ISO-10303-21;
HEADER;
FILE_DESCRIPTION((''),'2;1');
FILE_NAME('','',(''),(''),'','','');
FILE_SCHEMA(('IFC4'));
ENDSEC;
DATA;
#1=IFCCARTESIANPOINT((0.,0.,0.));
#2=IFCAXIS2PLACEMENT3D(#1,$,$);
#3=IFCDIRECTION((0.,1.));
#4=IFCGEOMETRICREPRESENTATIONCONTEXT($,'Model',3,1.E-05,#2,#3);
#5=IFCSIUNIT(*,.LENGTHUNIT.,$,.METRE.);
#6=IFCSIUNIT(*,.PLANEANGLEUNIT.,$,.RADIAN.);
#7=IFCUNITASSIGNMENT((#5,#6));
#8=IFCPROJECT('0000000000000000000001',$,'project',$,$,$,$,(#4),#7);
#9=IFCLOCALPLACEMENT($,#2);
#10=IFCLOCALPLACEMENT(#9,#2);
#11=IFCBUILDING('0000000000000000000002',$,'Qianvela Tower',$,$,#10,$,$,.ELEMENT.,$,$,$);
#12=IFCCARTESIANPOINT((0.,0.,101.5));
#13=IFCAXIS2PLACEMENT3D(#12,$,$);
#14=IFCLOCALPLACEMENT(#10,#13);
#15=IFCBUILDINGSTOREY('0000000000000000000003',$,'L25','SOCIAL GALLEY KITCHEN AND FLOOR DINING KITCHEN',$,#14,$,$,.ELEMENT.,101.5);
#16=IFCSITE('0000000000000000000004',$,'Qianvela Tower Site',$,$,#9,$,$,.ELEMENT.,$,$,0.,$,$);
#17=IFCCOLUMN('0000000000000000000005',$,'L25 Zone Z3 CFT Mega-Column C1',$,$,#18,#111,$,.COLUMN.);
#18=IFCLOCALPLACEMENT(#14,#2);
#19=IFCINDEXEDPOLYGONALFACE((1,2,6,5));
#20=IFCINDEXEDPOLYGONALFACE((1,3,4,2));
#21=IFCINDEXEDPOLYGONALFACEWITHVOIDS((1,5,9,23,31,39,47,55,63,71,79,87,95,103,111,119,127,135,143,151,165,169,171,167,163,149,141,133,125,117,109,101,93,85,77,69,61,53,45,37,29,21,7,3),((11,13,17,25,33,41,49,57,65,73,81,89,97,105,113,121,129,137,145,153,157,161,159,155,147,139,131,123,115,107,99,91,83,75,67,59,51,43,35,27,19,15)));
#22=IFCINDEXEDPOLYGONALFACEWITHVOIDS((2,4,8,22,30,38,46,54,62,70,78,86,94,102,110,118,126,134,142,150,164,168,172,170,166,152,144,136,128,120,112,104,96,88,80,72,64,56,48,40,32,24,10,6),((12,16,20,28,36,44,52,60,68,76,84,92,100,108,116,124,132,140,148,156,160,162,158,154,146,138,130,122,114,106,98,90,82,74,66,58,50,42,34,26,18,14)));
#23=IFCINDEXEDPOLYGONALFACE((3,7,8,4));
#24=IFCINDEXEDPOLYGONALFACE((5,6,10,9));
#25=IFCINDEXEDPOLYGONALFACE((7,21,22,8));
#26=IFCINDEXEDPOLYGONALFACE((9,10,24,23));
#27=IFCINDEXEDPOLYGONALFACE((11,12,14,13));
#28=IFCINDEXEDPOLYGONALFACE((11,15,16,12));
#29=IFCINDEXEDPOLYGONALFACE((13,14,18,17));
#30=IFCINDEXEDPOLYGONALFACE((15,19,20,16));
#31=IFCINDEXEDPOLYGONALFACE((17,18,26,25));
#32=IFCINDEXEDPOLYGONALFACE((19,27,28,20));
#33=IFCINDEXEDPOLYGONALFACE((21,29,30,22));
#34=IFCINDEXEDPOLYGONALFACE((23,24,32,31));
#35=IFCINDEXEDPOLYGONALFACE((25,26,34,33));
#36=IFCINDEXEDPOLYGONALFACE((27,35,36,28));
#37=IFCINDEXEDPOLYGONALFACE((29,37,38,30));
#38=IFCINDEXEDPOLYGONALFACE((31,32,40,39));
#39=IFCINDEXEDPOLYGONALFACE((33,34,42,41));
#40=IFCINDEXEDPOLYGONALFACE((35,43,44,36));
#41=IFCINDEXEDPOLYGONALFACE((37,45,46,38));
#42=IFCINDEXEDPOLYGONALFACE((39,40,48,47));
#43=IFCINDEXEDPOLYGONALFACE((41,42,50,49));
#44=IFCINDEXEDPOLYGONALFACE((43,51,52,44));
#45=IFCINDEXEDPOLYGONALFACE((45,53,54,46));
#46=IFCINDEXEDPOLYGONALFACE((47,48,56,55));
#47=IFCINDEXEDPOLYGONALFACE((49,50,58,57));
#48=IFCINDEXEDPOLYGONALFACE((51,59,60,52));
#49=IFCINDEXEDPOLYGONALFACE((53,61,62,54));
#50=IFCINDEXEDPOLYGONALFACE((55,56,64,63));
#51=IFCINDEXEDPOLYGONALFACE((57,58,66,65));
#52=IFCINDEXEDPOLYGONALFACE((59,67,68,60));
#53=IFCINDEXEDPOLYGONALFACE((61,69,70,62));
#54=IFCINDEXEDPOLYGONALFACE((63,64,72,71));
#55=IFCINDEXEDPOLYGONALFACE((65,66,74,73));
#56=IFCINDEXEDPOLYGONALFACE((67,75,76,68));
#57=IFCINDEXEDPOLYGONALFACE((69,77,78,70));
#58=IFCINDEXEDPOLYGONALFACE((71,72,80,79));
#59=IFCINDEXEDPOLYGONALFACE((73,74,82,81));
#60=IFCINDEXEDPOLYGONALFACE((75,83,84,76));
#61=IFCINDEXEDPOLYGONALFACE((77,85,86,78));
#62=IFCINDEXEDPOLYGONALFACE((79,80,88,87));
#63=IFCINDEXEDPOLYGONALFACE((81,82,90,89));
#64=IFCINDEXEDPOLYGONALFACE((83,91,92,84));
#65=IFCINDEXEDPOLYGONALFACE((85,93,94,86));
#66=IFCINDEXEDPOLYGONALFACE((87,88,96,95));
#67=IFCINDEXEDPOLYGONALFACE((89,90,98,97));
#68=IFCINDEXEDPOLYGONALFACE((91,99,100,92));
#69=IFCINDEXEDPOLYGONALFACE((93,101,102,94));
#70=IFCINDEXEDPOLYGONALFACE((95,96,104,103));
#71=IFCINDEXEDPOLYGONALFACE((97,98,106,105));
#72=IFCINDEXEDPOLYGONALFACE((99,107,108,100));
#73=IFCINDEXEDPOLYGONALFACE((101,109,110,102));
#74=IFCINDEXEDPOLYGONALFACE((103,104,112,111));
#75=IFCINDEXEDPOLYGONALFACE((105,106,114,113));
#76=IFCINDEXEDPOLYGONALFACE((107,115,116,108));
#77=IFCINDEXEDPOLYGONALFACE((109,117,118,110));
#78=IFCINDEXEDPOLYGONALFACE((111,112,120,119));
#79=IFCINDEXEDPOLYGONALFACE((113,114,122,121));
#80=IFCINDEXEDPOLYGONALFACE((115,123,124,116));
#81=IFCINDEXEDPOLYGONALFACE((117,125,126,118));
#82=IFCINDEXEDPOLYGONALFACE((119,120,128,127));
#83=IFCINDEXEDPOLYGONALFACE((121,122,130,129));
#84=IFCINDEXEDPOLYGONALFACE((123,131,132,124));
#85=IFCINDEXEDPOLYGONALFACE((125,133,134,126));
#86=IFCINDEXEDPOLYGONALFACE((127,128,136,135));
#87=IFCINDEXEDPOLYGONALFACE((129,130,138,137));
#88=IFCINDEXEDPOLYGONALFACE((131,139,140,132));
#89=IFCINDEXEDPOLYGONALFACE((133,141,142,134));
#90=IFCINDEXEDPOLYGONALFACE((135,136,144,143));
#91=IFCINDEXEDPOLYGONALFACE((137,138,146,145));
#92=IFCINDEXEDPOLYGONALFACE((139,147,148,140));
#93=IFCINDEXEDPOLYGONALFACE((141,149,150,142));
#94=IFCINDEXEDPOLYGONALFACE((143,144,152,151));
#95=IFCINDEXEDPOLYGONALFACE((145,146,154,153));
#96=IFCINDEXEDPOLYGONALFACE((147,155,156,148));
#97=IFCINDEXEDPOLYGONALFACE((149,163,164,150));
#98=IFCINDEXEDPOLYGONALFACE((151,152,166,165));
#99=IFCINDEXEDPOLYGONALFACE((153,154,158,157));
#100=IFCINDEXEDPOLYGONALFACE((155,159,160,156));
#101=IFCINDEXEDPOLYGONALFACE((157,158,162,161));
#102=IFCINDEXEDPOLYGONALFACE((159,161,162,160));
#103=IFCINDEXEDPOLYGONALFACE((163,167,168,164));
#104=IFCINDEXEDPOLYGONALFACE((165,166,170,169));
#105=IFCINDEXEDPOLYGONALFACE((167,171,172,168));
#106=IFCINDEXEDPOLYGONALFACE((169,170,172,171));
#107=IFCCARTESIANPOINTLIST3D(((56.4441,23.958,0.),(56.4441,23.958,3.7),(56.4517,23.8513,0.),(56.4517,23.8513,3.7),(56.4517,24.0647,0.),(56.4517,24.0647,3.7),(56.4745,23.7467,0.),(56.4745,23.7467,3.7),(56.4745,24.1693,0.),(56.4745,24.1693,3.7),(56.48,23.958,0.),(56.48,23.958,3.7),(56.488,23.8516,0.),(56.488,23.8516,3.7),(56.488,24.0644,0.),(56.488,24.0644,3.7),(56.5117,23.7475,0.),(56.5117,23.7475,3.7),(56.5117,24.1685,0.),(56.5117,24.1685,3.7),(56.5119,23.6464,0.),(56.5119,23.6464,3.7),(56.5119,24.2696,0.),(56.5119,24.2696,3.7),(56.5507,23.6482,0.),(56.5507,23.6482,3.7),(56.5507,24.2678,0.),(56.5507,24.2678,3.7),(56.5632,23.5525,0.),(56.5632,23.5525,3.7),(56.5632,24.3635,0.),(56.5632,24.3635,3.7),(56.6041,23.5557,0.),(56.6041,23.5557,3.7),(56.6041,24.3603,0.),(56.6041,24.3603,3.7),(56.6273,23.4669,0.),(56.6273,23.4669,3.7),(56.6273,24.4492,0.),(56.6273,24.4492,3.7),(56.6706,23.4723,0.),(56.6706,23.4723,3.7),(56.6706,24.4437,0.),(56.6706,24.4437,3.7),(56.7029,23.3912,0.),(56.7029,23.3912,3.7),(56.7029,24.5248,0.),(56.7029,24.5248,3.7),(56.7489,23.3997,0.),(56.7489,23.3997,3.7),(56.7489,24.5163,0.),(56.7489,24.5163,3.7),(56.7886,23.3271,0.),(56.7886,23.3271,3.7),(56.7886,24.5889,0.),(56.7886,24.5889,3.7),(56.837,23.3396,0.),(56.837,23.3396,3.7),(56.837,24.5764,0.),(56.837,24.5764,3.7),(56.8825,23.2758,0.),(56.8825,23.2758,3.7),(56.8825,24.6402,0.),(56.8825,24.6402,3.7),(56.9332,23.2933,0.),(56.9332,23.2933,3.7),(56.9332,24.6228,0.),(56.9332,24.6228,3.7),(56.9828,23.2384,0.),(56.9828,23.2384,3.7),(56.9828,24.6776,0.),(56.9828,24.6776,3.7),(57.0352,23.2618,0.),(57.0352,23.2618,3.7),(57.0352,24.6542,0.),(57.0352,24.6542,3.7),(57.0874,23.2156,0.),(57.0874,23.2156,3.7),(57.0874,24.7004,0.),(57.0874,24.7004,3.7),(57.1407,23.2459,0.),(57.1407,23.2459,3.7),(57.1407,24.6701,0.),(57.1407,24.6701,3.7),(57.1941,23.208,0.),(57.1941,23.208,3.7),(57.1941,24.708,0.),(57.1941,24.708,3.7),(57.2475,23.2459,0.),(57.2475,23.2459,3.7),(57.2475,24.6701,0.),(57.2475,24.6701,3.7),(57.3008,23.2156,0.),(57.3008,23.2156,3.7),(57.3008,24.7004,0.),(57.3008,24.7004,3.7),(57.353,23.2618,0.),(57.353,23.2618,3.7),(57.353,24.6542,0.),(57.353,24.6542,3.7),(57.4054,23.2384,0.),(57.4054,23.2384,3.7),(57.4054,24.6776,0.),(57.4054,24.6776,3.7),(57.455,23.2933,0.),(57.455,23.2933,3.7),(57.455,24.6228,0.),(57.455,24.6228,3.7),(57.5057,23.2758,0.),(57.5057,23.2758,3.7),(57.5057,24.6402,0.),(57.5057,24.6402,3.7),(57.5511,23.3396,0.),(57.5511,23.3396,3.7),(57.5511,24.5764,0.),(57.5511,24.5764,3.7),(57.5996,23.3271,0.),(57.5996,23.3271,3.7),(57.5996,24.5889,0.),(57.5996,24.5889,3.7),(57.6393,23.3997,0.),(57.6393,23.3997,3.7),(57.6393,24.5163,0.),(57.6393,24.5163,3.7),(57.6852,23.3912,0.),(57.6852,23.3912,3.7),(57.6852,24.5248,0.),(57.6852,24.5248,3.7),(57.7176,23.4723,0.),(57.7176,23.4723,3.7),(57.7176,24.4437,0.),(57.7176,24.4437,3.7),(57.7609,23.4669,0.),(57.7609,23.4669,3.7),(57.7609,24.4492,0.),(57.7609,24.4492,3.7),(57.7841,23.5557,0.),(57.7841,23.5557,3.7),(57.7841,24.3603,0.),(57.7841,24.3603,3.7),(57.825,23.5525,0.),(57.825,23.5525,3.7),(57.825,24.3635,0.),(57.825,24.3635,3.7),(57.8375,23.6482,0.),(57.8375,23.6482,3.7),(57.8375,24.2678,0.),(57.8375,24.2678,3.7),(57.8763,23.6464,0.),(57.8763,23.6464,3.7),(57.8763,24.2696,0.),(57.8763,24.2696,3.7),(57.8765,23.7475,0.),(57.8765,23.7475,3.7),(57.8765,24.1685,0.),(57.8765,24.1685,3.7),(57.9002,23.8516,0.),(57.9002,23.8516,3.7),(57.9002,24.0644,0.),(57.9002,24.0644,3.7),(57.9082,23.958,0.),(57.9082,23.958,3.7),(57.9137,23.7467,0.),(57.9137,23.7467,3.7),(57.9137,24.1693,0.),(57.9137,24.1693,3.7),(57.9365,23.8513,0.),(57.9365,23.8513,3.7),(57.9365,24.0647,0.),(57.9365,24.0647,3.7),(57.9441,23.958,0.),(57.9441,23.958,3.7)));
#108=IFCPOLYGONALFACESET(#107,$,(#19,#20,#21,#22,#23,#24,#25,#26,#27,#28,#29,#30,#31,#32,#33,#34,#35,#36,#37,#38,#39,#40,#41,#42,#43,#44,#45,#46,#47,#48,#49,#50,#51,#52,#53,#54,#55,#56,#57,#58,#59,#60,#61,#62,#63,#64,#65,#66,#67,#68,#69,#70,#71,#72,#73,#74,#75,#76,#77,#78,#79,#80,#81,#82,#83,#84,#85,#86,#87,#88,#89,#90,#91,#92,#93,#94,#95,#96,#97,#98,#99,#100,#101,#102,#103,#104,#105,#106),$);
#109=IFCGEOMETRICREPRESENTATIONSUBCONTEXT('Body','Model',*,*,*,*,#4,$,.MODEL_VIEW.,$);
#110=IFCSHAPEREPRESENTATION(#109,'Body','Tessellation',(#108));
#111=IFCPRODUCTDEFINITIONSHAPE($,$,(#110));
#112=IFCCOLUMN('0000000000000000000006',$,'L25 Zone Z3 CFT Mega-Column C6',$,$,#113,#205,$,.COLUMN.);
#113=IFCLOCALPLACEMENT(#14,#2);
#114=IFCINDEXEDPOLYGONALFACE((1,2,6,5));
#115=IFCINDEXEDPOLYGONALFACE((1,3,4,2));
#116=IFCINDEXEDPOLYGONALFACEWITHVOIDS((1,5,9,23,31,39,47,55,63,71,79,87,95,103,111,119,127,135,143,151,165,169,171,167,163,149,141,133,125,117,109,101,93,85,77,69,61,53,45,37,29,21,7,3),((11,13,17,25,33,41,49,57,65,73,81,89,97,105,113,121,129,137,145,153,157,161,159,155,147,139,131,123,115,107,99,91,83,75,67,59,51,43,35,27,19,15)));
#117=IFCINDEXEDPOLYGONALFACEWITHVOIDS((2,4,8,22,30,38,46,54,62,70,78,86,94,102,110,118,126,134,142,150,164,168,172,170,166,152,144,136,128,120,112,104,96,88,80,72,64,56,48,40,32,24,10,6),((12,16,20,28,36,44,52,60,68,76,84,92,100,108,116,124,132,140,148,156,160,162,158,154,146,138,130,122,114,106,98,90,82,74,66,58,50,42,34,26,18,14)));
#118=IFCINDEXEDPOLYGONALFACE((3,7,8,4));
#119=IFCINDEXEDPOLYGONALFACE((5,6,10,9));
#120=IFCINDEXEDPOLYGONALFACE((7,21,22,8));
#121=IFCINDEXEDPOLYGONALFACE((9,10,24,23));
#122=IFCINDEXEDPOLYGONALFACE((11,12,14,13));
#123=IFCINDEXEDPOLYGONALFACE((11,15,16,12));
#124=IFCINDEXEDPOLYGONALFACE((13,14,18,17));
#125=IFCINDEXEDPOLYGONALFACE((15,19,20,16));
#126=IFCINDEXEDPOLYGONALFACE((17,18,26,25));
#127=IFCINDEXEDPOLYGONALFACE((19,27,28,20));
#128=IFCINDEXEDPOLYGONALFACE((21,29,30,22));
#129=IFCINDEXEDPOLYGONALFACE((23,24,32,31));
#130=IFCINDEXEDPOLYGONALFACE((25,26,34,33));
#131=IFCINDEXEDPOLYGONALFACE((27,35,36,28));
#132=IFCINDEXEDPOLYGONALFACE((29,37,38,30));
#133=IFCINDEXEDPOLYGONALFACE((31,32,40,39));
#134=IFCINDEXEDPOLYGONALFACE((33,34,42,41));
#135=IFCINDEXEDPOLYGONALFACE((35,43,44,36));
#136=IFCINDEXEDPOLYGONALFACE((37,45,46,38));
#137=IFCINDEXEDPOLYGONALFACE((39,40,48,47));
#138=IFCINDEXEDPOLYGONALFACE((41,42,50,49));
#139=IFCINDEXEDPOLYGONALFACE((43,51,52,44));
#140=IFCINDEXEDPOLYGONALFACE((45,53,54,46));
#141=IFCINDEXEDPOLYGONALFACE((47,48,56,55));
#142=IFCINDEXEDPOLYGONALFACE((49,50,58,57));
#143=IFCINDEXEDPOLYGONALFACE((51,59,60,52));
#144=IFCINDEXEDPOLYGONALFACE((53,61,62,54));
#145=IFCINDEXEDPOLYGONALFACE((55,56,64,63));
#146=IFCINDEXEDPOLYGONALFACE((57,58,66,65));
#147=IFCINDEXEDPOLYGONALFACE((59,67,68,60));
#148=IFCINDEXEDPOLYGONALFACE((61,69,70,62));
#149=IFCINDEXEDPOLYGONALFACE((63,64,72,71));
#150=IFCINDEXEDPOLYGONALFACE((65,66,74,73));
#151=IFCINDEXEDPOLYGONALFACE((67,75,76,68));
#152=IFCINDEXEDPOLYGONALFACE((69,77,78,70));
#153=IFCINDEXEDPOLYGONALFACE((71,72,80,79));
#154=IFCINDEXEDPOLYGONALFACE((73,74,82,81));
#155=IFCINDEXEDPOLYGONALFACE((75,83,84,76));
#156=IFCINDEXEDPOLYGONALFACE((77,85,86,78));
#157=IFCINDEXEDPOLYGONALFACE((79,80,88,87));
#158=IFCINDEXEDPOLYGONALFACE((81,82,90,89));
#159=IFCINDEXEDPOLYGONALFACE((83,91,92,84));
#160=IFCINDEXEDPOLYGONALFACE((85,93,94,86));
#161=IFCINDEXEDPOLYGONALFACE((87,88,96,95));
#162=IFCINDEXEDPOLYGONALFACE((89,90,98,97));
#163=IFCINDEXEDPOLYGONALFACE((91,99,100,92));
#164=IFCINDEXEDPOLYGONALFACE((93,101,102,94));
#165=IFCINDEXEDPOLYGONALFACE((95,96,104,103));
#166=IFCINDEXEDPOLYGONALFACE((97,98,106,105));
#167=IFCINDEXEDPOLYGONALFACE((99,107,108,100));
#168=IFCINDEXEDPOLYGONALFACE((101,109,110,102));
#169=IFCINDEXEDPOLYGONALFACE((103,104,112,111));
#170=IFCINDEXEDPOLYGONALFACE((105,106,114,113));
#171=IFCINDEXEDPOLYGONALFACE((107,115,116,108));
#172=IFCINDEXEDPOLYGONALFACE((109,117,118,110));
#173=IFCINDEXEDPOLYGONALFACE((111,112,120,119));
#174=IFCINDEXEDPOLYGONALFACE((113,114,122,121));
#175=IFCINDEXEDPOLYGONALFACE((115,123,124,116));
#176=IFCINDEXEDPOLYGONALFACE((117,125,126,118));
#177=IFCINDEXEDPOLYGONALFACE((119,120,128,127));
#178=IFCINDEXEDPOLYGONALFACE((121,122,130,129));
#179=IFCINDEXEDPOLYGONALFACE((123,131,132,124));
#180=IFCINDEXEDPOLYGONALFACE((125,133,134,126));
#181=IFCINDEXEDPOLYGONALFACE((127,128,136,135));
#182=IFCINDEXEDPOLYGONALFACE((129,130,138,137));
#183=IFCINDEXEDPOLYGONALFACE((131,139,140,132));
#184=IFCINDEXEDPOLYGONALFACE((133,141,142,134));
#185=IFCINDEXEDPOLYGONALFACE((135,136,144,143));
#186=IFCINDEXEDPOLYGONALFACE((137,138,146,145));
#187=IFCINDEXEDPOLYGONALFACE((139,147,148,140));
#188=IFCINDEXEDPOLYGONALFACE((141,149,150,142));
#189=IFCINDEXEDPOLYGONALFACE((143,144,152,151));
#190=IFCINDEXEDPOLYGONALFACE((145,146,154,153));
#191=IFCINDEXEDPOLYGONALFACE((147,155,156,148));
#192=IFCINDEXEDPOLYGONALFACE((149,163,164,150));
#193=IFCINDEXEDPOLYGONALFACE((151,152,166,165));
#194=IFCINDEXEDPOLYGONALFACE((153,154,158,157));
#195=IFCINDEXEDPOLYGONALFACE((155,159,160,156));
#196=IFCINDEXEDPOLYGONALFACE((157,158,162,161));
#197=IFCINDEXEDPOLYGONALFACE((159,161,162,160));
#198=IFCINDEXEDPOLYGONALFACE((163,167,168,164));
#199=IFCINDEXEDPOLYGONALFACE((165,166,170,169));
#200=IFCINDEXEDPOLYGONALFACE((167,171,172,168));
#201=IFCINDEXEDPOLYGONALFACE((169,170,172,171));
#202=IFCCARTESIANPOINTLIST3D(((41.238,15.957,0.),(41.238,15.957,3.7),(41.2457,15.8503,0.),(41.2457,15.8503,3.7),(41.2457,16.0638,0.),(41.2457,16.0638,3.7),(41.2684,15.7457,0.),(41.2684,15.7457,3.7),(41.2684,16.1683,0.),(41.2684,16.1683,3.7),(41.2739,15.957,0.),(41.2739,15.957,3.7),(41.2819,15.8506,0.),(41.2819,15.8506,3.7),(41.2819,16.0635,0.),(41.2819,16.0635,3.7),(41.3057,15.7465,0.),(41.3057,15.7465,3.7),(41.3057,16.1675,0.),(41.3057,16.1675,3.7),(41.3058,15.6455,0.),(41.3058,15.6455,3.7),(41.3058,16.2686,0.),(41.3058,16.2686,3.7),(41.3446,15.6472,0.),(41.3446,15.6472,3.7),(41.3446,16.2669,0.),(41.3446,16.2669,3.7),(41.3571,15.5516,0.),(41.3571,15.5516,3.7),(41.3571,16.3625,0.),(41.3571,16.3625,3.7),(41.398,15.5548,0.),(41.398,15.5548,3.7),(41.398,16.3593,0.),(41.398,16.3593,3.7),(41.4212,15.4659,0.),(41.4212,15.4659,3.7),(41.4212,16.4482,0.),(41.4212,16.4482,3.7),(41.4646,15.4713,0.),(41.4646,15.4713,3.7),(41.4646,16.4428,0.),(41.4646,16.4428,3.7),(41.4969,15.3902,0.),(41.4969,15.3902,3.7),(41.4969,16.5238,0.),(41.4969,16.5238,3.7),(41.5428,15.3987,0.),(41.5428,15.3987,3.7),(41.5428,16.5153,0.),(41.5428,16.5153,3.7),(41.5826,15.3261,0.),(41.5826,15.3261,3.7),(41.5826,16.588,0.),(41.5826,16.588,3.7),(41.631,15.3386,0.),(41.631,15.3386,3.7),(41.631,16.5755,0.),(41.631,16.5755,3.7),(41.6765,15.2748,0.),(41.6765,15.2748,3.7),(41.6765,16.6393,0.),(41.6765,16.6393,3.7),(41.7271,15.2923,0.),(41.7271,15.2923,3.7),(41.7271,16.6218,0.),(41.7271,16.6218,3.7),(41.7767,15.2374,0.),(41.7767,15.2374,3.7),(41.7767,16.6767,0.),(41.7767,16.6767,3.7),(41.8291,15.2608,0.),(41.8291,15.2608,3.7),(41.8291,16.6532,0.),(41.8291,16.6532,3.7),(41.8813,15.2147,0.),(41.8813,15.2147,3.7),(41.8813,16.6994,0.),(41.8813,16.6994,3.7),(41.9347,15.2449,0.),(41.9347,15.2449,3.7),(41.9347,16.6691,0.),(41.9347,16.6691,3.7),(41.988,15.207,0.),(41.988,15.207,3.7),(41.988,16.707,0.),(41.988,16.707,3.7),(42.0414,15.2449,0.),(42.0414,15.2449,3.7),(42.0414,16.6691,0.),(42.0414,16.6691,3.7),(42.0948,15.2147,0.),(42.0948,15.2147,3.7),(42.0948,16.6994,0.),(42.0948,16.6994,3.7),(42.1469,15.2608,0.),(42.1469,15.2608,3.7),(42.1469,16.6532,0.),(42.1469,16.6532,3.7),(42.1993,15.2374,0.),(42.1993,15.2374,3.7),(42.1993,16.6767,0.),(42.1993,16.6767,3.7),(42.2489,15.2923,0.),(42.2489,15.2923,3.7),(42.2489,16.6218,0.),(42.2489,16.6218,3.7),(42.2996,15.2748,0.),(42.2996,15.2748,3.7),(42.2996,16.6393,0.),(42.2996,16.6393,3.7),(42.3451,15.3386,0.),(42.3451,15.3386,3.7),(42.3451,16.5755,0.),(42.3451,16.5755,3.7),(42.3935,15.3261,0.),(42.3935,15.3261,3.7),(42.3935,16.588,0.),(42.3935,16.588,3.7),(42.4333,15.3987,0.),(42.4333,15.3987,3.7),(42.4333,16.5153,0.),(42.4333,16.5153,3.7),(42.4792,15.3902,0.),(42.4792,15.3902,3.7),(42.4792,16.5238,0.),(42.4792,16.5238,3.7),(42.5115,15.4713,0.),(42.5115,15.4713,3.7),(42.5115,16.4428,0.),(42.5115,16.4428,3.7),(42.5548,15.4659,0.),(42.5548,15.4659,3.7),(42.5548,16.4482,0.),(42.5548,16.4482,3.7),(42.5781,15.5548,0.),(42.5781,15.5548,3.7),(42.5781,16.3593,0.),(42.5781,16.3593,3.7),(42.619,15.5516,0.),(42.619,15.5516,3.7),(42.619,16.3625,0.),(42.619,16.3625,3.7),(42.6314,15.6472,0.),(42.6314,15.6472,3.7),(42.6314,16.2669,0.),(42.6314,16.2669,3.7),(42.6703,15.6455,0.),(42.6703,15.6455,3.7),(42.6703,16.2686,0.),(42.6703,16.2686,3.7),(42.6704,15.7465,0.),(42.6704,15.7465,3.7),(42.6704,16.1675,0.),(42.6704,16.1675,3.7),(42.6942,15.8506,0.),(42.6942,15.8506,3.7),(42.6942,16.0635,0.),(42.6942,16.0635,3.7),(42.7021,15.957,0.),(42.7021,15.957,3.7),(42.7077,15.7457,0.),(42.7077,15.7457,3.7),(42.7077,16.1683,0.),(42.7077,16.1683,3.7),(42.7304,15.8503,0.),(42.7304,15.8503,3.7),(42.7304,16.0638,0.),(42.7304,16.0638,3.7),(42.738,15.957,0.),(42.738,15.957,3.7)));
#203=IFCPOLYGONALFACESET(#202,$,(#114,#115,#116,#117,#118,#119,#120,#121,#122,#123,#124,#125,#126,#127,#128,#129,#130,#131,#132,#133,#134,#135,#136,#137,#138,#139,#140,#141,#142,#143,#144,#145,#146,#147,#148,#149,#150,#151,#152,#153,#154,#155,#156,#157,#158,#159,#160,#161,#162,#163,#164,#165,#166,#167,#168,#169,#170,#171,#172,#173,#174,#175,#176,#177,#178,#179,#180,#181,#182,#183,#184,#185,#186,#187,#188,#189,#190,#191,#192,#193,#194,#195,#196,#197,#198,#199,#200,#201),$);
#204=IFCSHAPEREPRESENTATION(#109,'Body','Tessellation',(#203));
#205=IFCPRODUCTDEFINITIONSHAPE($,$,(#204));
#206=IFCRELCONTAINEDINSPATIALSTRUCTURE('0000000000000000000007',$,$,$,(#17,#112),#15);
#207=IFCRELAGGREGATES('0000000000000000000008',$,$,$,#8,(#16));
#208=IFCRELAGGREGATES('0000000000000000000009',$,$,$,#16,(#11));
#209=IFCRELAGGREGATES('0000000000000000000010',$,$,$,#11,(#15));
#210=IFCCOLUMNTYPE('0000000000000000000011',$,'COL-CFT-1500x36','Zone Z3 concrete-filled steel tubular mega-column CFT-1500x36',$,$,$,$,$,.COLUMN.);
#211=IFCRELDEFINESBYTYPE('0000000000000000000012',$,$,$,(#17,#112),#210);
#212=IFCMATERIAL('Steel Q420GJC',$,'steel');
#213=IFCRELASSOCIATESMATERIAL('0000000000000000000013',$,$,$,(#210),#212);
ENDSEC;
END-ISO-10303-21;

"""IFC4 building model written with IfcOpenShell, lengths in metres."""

from ifc_helpers import new_model, si_unit, direction, frame, origin, origin_2d, place, context, subcontext, project, spatial, hollow_circle, extrude, material, material_profile, profile_set, type_object, element, save


model = new_model("IFC4")

# Units and contexts
model_context = context("Model", 3, precision=1e-05, world=origin(), true_north=direction((0.0, 1.0)))
body_context = subcontext(model_context, "Body", "Model", "MODEL_VIEW")
ifc_project = project(units=[si_unit("LENGTHUNIT", "METRE"), si_unit("PLANEANGLEUNIT", "RADIAN")], contexts=[model_context])

# Site, building, storey
site_placement = place(None, origin())
site = spatial("IfcSite", under=ifc_project, at=site_placement, Name="Qianvela Tower Site", CompositionType="ELEMENT", RefElevation=0.0)
building_placement = place(site_placement, origin())
building = spatial("IfcBuilding", under=site, at=building_placement, Name="Qianvela Tower", CompositionType="ELEMENT")
storey_placement = place(building_placement, frame((0.0, 0.0, 101.5)))
storey = spatial("IfcBuildingStorey", under=building, at=storey_placement, Name="L25", Description="SOCIAL GALLEY KITCHEN AND FLOOR DINING KITCHEN", CompositionType="ELEMENT", Elevation=101.5)

# Columns
ifc_material_1 = material(Name="Steel Q420GJC", Category="steel")
ifc_material_profile_1 = material_profile(ifc_material_1, hollow_circle(Radius=0.75, WallThickness=0.0359, at=origin_2d()), Name="CFT-1500x36")
ifc_profile_set_1 = profile_set([ifc_material_profile_1], Name="Steel Q420GJC")
column_type = type_object("IfcColumnType", Name="COL-CFT-1500x36", Description="Zone Z3 concrete-filled steel tubular mega-column CFT-1500x36", PredefinedType="COLUMN", material=ifc_profile_set_1)
for number, where, z_axis, x_axis, name in (
    (1, (57.1941, 23.958, 0.0), (0.0, 0.0, 1.0), (1.0, 0.0, 0.0), "L25 Zone Z3 CFT Mega-Column C1"),
    (2, (41.988, 15.957, 0.0), (0.0, 0.0, 1.0), (1.0, 0.0, 0.0), "L25 Zone Z3 CFT Mega-Column C6"),
):
    element("IfcColumn", number, at=place(storey_placement, frame(where, z_axis=z_axis, x_axis=x_axis)), inside=storey, type_object=column_type, Name=name, PredefinedType="COLUMN", context=body_context, shape_type="SweptSolid", body=[
        extrude(hollow_circle(Radius=0.75, WallThickness=0.0359, at=origin_2d()), origin(), (0.0, 0.0, 1.0), 3.7),
    ])

save(model, "model.ifc")
